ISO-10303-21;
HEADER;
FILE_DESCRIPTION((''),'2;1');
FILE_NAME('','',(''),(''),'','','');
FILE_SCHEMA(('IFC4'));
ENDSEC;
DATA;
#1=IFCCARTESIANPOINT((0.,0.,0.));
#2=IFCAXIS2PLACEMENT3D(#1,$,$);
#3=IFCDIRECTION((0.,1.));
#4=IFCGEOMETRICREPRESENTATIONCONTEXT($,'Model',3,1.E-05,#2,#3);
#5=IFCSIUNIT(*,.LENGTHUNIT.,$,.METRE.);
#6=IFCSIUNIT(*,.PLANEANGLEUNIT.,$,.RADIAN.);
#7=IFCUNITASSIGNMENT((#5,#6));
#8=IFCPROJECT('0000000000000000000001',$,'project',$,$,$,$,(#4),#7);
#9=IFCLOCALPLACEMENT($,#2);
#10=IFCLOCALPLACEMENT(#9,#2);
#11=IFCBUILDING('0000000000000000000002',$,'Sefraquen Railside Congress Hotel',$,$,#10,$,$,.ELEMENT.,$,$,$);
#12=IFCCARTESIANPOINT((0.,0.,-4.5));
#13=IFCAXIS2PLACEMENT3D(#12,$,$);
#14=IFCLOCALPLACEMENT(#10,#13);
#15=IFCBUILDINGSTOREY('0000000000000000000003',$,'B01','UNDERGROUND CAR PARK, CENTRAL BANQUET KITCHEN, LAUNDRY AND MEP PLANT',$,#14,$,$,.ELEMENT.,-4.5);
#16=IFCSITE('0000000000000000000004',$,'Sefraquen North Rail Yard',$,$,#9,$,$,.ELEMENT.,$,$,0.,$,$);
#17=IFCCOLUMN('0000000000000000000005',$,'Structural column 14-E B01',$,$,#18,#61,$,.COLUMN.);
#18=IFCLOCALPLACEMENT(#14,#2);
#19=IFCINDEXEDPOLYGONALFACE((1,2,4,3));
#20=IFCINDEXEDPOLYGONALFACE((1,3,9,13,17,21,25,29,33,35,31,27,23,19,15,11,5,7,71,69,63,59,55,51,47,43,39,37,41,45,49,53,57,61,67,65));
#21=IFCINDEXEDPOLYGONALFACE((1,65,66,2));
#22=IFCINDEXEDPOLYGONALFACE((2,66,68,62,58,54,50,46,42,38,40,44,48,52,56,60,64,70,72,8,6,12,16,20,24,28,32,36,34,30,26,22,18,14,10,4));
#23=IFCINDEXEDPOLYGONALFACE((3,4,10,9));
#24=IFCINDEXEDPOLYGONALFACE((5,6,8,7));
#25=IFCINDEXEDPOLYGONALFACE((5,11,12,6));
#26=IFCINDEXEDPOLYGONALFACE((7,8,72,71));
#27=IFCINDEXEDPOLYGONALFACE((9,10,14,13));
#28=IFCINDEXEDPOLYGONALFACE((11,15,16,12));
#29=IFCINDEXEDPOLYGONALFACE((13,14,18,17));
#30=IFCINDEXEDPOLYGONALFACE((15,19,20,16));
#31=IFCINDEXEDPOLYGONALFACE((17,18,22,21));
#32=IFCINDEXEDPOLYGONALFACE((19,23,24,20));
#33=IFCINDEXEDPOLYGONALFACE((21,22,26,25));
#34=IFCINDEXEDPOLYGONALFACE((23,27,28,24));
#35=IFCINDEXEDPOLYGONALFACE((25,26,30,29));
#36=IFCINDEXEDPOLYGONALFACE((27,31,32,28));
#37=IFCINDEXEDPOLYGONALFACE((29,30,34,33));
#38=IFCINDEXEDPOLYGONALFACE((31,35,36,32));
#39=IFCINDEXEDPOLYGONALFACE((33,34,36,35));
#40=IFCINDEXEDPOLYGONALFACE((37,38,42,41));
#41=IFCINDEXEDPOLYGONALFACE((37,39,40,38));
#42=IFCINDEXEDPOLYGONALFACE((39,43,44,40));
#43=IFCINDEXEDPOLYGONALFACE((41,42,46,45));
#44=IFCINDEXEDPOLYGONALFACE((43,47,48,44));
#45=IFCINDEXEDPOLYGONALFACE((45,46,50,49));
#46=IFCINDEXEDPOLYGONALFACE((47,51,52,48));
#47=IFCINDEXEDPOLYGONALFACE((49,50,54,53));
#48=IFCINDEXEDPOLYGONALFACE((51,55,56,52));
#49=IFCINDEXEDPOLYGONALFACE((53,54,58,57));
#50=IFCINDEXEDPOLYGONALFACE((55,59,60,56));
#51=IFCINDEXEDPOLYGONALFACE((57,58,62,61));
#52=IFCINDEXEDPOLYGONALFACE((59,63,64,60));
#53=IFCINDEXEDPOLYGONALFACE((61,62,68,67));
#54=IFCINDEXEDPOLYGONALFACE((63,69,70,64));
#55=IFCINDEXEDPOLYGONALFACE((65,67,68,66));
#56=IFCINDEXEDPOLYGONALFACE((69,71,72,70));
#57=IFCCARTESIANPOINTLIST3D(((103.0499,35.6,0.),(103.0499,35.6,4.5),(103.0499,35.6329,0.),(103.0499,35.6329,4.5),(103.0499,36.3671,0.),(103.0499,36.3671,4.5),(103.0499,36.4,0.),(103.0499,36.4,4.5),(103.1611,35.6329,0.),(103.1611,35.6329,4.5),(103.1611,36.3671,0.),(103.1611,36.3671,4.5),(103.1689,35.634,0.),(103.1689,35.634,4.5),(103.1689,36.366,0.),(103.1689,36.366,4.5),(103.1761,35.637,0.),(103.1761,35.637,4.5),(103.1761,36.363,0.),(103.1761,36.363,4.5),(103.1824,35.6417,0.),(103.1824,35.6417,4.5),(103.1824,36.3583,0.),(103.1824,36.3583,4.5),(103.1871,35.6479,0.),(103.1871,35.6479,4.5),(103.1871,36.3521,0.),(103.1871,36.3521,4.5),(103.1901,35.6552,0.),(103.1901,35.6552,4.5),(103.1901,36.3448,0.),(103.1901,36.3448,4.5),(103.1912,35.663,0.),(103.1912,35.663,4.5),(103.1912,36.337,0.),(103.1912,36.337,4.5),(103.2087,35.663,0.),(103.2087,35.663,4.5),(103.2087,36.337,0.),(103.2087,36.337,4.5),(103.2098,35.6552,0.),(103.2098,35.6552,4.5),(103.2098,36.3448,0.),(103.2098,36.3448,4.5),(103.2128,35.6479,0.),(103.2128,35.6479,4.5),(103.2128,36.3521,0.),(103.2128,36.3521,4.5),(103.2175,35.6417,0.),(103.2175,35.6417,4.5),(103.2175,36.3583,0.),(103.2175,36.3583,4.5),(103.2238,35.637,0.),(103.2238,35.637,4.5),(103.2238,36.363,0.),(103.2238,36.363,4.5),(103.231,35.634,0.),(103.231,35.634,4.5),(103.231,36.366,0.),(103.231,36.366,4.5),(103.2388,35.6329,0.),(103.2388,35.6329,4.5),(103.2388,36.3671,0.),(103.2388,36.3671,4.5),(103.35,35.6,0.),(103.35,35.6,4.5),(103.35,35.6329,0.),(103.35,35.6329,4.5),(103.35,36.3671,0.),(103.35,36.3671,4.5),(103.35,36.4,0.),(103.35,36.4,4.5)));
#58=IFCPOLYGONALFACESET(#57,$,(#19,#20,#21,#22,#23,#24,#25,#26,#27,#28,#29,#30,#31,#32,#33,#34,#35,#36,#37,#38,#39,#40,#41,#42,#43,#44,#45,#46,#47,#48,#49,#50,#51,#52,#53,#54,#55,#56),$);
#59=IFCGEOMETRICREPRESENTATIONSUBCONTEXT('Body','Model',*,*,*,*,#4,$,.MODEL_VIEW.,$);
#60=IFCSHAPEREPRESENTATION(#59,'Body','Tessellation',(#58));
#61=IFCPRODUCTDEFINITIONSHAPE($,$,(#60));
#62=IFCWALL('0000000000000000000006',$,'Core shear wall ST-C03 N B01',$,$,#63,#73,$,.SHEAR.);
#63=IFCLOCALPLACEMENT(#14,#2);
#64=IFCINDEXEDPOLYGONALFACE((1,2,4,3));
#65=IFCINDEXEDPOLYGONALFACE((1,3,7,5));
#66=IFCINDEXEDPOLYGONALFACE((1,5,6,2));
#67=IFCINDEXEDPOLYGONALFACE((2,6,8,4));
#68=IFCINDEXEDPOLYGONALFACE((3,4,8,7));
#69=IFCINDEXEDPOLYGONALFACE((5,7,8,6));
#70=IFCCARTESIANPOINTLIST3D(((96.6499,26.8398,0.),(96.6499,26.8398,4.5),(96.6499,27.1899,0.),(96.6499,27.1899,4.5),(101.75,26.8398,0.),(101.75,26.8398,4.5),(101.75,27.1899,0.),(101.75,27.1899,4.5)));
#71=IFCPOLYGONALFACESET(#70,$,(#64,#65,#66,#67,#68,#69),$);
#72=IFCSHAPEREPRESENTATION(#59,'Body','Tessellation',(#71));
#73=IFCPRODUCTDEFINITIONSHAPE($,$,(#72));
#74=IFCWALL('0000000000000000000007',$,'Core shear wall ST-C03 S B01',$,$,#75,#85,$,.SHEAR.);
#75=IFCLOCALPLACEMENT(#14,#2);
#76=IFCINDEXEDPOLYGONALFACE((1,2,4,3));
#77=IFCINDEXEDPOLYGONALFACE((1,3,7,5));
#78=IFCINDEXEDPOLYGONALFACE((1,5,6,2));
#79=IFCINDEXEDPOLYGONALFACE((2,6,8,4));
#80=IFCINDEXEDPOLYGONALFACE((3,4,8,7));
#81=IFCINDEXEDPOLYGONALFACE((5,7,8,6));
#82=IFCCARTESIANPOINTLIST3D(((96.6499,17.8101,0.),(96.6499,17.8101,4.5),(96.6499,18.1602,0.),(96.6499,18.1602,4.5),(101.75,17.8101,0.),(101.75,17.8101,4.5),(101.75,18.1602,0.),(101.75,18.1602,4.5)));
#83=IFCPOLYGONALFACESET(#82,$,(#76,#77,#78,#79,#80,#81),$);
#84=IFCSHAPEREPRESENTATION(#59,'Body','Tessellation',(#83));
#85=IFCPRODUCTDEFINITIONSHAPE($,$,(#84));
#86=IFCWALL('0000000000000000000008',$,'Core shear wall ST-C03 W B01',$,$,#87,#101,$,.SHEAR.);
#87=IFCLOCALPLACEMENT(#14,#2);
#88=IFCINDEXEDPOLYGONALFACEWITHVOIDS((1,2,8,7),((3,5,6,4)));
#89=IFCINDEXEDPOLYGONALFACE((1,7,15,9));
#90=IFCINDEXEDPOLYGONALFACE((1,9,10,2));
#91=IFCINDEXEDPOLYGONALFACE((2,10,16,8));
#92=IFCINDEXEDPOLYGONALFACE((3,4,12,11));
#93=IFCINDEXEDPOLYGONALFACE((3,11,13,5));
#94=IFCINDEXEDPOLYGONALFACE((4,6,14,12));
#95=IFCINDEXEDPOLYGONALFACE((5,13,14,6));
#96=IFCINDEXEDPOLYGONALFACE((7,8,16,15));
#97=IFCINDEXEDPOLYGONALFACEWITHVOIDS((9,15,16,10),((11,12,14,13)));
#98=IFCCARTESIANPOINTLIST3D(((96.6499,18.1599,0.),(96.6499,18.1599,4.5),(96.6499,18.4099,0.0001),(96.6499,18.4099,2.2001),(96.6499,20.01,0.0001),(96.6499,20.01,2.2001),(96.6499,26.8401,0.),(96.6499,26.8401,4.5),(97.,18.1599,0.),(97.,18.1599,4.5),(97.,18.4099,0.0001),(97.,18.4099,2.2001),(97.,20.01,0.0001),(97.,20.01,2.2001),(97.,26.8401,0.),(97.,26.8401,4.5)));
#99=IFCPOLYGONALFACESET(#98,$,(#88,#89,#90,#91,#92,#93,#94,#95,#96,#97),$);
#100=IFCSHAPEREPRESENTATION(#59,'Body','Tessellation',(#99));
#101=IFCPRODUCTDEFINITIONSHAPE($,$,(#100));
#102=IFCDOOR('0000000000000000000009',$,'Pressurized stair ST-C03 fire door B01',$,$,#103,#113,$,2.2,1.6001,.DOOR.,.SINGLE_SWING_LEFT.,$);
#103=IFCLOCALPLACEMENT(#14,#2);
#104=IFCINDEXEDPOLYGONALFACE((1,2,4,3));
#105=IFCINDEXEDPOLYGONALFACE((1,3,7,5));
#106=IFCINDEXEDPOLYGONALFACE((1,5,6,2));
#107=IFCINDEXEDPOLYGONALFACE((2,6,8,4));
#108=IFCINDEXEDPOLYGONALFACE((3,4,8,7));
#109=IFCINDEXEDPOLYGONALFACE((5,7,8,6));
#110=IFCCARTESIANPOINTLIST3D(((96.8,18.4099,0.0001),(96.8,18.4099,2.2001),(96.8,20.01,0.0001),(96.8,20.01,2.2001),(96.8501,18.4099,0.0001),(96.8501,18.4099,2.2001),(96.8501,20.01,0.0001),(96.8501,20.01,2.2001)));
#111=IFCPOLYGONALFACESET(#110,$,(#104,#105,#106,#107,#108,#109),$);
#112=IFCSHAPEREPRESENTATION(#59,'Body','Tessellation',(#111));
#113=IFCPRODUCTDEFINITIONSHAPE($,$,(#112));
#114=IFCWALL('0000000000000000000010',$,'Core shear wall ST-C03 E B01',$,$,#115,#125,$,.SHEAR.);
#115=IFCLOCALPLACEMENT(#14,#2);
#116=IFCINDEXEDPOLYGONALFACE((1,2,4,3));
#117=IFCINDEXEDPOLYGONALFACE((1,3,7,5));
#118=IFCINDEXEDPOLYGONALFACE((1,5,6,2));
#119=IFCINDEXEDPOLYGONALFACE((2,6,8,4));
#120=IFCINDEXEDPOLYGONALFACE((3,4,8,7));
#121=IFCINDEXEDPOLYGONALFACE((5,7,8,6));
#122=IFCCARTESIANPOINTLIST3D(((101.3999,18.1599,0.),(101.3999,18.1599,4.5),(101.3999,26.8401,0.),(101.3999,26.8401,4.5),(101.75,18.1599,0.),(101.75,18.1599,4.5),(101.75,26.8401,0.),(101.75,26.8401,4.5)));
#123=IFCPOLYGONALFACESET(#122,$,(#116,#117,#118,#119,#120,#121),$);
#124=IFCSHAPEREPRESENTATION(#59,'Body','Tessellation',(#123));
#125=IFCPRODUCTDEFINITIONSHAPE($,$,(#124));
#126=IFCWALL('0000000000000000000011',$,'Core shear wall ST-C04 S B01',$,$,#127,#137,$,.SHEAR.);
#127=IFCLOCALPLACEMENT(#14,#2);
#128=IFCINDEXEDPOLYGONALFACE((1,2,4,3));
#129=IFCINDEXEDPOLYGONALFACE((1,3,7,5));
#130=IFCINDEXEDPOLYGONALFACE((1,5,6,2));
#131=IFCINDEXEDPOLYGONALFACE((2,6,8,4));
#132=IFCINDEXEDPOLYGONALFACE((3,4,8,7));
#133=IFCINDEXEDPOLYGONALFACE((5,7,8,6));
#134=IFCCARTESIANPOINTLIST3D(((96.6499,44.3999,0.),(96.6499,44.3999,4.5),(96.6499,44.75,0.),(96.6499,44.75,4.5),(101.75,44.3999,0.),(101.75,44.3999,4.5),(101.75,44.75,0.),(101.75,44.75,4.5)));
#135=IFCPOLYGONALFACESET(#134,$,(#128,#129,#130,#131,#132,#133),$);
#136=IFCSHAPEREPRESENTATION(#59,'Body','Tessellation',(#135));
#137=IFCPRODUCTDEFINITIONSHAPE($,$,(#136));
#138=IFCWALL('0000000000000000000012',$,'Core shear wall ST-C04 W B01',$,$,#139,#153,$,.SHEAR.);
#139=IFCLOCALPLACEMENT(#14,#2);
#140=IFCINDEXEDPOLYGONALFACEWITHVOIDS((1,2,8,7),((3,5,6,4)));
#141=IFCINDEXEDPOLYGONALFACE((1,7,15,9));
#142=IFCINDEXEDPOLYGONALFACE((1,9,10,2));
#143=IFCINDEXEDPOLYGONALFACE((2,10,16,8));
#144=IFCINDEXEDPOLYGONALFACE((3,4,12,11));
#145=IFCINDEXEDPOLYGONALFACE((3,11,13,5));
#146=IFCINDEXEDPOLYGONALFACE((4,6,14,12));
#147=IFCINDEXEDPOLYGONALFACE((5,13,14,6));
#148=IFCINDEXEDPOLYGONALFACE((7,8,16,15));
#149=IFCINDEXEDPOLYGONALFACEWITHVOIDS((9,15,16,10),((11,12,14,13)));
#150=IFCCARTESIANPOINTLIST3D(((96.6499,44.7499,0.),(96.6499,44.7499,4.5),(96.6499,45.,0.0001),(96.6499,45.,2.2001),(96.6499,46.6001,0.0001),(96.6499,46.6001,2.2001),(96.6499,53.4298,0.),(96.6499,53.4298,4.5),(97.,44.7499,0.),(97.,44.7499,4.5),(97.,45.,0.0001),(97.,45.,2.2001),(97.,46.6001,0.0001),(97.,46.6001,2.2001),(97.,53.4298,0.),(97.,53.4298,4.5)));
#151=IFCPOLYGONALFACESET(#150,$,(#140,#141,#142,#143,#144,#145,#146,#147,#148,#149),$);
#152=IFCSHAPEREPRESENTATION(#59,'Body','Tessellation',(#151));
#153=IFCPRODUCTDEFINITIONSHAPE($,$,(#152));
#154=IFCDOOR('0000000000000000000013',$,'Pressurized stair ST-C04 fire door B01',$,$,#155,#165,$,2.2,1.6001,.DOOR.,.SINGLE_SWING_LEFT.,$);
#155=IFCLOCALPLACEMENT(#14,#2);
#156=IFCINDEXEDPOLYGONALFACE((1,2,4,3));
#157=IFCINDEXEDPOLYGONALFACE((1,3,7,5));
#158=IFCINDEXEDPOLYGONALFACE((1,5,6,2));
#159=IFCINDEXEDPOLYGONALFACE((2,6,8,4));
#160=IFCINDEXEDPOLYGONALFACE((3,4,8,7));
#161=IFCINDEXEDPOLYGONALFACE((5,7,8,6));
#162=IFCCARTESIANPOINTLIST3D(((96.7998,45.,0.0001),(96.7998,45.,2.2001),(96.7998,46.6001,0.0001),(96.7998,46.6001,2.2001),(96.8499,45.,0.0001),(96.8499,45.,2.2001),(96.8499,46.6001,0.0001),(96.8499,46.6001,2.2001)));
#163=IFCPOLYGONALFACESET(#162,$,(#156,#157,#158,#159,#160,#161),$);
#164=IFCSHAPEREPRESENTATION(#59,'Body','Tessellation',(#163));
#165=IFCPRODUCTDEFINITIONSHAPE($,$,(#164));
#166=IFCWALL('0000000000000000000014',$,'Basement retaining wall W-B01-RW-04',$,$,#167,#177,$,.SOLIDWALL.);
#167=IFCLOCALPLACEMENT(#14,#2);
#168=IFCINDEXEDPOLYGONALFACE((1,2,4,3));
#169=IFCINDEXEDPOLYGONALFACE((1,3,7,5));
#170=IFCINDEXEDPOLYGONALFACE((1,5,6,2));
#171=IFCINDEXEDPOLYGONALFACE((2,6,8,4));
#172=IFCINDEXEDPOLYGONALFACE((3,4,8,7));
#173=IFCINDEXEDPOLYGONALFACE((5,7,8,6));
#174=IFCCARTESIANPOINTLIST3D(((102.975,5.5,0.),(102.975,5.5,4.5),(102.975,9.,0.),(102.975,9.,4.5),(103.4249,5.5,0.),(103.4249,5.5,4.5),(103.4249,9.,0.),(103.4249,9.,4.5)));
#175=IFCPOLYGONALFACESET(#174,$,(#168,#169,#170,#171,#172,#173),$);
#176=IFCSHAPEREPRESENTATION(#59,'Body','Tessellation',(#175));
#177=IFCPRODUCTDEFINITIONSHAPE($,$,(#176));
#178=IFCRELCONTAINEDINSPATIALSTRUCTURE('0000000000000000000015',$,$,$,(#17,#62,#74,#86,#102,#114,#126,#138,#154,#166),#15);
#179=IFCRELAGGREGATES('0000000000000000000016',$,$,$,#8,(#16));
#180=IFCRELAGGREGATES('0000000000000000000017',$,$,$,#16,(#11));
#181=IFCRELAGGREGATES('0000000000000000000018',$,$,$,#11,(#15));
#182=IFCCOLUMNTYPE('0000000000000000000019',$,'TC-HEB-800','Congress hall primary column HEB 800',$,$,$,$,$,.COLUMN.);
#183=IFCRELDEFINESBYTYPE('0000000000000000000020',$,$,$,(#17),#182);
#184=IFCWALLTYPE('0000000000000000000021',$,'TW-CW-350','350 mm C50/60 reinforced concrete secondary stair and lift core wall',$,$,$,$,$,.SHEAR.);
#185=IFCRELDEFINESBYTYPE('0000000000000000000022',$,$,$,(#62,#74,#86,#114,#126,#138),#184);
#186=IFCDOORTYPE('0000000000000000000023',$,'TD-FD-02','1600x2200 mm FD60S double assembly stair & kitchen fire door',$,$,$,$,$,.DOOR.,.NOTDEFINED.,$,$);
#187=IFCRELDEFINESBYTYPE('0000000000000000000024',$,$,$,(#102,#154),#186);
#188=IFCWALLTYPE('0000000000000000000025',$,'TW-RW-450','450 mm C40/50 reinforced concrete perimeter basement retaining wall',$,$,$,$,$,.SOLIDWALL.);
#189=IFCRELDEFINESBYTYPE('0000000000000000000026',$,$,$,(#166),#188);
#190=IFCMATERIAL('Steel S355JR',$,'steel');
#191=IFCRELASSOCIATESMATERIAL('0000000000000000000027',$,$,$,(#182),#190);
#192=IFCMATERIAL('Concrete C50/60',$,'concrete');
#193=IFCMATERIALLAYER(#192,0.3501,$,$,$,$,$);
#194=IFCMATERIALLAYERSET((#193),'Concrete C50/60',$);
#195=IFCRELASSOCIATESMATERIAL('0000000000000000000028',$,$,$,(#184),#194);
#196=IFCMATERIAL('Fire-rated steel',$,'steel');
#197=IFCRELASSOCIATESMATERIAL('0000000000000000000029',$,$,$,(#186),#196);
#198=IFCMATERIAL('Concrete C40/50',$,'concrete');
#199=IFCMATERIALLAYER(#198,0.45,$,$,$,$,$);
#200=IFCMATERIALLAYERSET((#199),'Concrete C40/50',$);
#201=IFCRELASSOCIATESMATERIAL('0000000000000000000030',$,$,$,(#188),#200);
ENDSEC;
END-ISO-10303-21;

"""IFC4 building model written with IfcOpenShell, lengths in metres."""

from ifc_helpers import new_model, si_unit, direction, frame, frame_2d, origin, origin_2d, place, context, subcontext, project, spatial, rectangle, i_section, extrude, material, layer, layer_set, material_profile, profile_set, type_object, element, fill, save


model = new_model("IFC4")

# Units and contexts
model_context = context("Model", 3, precision=1e-05, world=origin(), true_north=direction((0.0, 1.0)))
body_context = subcontext(model_context, "Body", "Model", "MODEL_VIEW")
ifc_project = project(units=[si_unit("LENGTHUNIT", "METRE"), si_unit("PLANEANGLEUNIT", "RADIAN")], contexts=[model_context])

# Site, building, storey
site_placement = place(None, origin())
site = spatial("IfcSite", under=ifc_project, at=site_placement, Name="Sefraquen North Rail Yard", CompositionType="ELEMENT", RefElevation=0.0)
building_placement = place(site_placement, origin())
building = spatial("IfcBuilding", under=site, at=building_placement, Name="Sefraquen Railside Congress Hotel", CompositionType="ELEMENT")
storey_placement = place(building_placement, frame((0.0, 0.0, -4.5)))
storey = spatial("IfcBuildingStorey", under=building, at=storey_placement, Name="B01", Description="UNDERGROUND CAR PARK, CENTRAL BANQUET KITCHEN, LAUNDRY AND MEP PLANT", CompositionType="ELEMENT", Elevation=-4.5)

# Shared definitions
ifc_material_1 = material(Name="Concrete C40/50", Category="concrete")

# Column
ifc_material_2 = material(Name="Steel S355JR", Category="steel")
ifc_material_profile_1 = material_profile(ifc_material_2, i_section(OverallWidth=0.3, OverallDepth=0.8, WebThickness=0.0176, FlangeThickness=0.033, FilletRadius=0.03, at=origin_2d()), Name="HEB 800")
ifc_profile_set_1 = profile_set([ifc_material_profile_1], Name="Steel S355JR")
column_type_1 = type_object("IfcColumnType", Name="TC-HEB-800", Description="Congress hall primary column HEB 800", PredefinedType="COLUMN", material=ifc_profile_set_1)
for number, where, z_axis, x_axis, name in (
    (1, (103.2, 36.0, 0.0), (0.0, 0.0, 1.0), (1.0, 0.0, 0.0), "Structural column 14-E B01"),
):
    element("IfcColumn", number, at=place(storey_placement, frame(where, z_axis=z_axis, x_axis=x_axis)), inside=storey, type_object=column_type_1, Name=name, PredefinedType="COLUMN", context=body_context, shape_type="SweptSolid", body=[
        extrude(i_section(OverallWidth=0.3, OverallDepth=0.8, WebThickness=0.0176, FlangeThickness=0.033, FilletRadius=0.03, at=origin_2d()), origin(), (0.0, 0.0, 1.0), 4.5),
    ])

# Walls
ifc_material_3 = material(Name="Concrete C50/60", Category="concrete")
ifc_layer_1 = layer(ifc_material_3, 0.3501)
ifc_layer_set_1 = layer_set([ifc_layer_1], Name="Concrete C50/60")
wall_type_1 = type_object("IfcWallType", Name="TW-CW-350", Description="350 mm C50/60 reinforced concrete secondary stair and lift core wall", PredefinedType="SHEAR", material=ifc_layer_set_1)
for number, where, z_axis, x_axis, name in (
    (2, (96.6499, 27.0149, 0.0), (0.0, 0.0, 1.0), (1.0, 0.0, 0.0), "Core shear wall ST-C03 N B01"),
    (3, (96.6499, 17.9851, 0.0), (0.0, 0.0, 1.0), (1.0, 0.0, 0.0), "Core shear wall ST-C03 S B01"),
):
    element("IfcWall", number, at=place(storey_placement, frame(where, z_axis=z_axis, x_axis=x_axis)), inside=storey, type_object=wall_type_1, Name=name, PredefinedType="SHEAR", context=body_context, shape_type="SweptSolid", body=[
        extrude(rectangle(XDim=5.1001, YDim=0.3501, at=frame_2d((2.55, 0.0))), origin(), (0.0, 0.0, 1.0), 4.5),
    ])

# Wall, opening, door
wall_1_placement = place(storey_placement, frame((96.825, 18.1599, 0.0), z_axis=(0.0, 0.0, 1.0), x_axis=(0.0, 1.0, 0.0)))
wall_1 = element("IfcWall", 4, at=wall_1_placement, inside=storey, type_object=wall_type_1, Name="Core shear wall ST-C03 W B01", PredefinedType="SHEAR", context=body_context, shape_type="SweptSolid", body=[
    extrude(rectangle(XDim=8.6802, YDim=0.3501, at=frame_2d((4.3401, 0.0))), origin(), (0.0, 0.0, 1.0), 4.5),
])
opening_1_placement = place(wall_1_placement, frame((0.25, 0.0, 0.0)))
opening_1 = element("IfcOpeningElement", 5, at=opening_1_placement, cuts=wall_1, PredefinedType="OPENING", context=body_context, shape_type="SweptSolid", body=[
    extrude(rectangle(XDim=1.6001, YDim=2.2, at=frame_2d((0.8, 1.1001))), frame((0.0, 0.1851, 0.0), z_axis=(0.0, -1.0, 0.0), x_axis=(1.0, 0.0, 0.0)), (0.0, 0.0, 1.0), 0.3701),
])
ifc_material_4 = material(Name="Fire-rated steel", Category="steel")
door_type = type_object("IfcDoorType", Name="TD-FD-02", Description="1600x2200 mm FD60S double assembly stair & kitchen fire door", OperationType="NOTDEFINED", PredefinedType="DOOR", material=ifc_material_4)
door_1_placement = place(opening_1_placement, origin())
door_1 = element("IfcDoor", 6, at=door_1_placement, inside=storey, type_object=door_type, Name="Pressurized stair ST-C03 fire door B01", OperationType="SINGLE_SWING_LEFT", OverallHeight=2.2, OverallWidth=1.6001, PredefinedType="DOOR", context=body_context, shape_type="SweptSolid", body=[
    extrude(rectangle(XDim=1.6001, YDim=2.2, at=frame_2d((0.8, 1.1001))), frame((0.0, 0.0249, 0.0), z_axis=(0.0, -1.0, 0.0), x_axis=(1.0, 0.0, 0.0)), (0.0, 0.0, 1.0), 0.05),
])
fill(opening_1, door_1)

# Walls
wall_2_placement = place(storey_placement, frame((101.575, 18.1599, 0.0), z_axis=(0.0, 0.0, 1.0), x_axis=(0.0, 1.0, 0.0)))
element("IfcWall", 7, at=wall_2_placement, inside=storey, type_object=wall_type_1, Name="Core shear wall ST-C03 E B01", PredefinedType="SHEAR", context=body_context, shape_type="SweptSolid", body=[
    extrude(rectangle(XDim=8.6802, YDim=0.3501, at=frame_2d((4.3401, 0.0))), origin(), (0.0, 0.0, 1.0), 4.5),
])
wall_3_placement = place(storey_placement, frame((96.6499, 44.575, 0.0), z_axis=(0.0, 0.0, 1.0), x_axis=(1.0, 0.0, 0.0)))
element("IfcWall", 8, at=wall_3_placement, inside=storey, type_object=wall_type_1, Name="Core shear wall ST-C04 S B01", PredefinedType="SHEAR", context=body_context, shape_type="SweptSolid", body=[
    extrude(rectangle(XDim=5.1001, YDim=0.3501, at=frame_2d((2.55, 0.0))), origin(), (0.0, 0.0, 1.0), 4.5),
])

# Wall, opening, door
wall_4_placement = place(storey_placement, frame((96.825, 44.75, 0.0), z_axis=(0.0, 0.0, 1.0), x_axis=(0.0, 1.0, 0.0)))
wall_4 = element("IfcWall", 9, at=wall_4_placement, inside=storey, type_object=wall_type_1, Name="Core shear wall ST-C04 W B01", PredefinedType="SHEAR", context=body_context, shape_type="SweptSolid", body=[
    extrude(rectangle(XDim=8.6799, YDim=0.3501, at=frame_2d((4.3398, 0.0))), origin(), (0.0, 0.0, 1.0), 4.5),
])
opening_2_placement = place(wall_4_placement, frame((0.25, 0.0, 0.0)))
opening_2 = element("IfcOpeningElement", 10, at=opening_2_placement, cuts=wall_4, PredefinedType="OPENING", context=body_context, shape_type="SweptSolid", body=[
    extrude(rectangle(XDim=1.6001, YDim=2.2, at=frame_2d((0.8, 1.1001))), frame((0.0, 0.1851, 0.0), z_axis=(0.0, -1.0, 0.0), x_axis=(1.0, 0.0, 0.0)), (0.0, 0.0, 1.0), 0.3701),
])
door_2_placement = place(opening_2_placement, frame((1.6001, 0.0, 0.0), z_axis=(0.0, 0.0, 1.0), x_axis=(-1.0, 0.0, 0.0)))
door_2 = element("IfcDoor", 11, at=door_2_placement, inside=storey, type_object=door_type, Name="Pressurized stair ST-C04 fire door B01", OperationType="SINGLE_SWING_LEFT", OverallHeight=2.2, OverallWidth=1.6001, PredefinedType="DOOR", context=body_context, shape_type="SweptSolid", body=[
    extrude(rectangle(XDim=1.6001, YDim=2.2, at=frame_2d((0.8, 1.1001))), frame((0.0, 0.0249, 0.0), z_axis=(0.0, -1.0, 0.0), x_axis=(1.0, 0.0, 0.0)), (0.0, 0.0, 1.0), 0.05),
])
fill(opening_2, door_2)

# Wall
ifc_layer_2 = layer(ifc_material_1, 0.45)
ifc_layer_set_2 = layer_set([ifc_layer_2], Name="Concrete C40/50")
wall_type_2 = type_object("IfcWallType", Name="TW-RW-450", Description="450 mm C40/50 reinforced concrete perimeter basement retaining wall", PredefinedType="SOLIDWALL", material=ifc_layer_set_2)
wall_5_placement = place(storey_placement, frame((103.2, 5.5, 0.0), z_axis=(0.0, 0.0, 1.0), x_axis=(0.0, 1.0, 0.0)))
element("IfcWall", 12, at=wall_5_placement, inside=storey, type_object=wall_type_2, Name="Basement retaining wall W-B01-RW-04", PredefinedType="SOLIDWALL", context=body_context, shape_type="SweptSolid", body=[
    extrude(rectangle(XDim=3.5, YDim=0.45, at=frame_2d((1.75, 0.0))), origin(), (0.0, 0.0, 1.0), 4.5),
])

save(model, "model.ifc")
